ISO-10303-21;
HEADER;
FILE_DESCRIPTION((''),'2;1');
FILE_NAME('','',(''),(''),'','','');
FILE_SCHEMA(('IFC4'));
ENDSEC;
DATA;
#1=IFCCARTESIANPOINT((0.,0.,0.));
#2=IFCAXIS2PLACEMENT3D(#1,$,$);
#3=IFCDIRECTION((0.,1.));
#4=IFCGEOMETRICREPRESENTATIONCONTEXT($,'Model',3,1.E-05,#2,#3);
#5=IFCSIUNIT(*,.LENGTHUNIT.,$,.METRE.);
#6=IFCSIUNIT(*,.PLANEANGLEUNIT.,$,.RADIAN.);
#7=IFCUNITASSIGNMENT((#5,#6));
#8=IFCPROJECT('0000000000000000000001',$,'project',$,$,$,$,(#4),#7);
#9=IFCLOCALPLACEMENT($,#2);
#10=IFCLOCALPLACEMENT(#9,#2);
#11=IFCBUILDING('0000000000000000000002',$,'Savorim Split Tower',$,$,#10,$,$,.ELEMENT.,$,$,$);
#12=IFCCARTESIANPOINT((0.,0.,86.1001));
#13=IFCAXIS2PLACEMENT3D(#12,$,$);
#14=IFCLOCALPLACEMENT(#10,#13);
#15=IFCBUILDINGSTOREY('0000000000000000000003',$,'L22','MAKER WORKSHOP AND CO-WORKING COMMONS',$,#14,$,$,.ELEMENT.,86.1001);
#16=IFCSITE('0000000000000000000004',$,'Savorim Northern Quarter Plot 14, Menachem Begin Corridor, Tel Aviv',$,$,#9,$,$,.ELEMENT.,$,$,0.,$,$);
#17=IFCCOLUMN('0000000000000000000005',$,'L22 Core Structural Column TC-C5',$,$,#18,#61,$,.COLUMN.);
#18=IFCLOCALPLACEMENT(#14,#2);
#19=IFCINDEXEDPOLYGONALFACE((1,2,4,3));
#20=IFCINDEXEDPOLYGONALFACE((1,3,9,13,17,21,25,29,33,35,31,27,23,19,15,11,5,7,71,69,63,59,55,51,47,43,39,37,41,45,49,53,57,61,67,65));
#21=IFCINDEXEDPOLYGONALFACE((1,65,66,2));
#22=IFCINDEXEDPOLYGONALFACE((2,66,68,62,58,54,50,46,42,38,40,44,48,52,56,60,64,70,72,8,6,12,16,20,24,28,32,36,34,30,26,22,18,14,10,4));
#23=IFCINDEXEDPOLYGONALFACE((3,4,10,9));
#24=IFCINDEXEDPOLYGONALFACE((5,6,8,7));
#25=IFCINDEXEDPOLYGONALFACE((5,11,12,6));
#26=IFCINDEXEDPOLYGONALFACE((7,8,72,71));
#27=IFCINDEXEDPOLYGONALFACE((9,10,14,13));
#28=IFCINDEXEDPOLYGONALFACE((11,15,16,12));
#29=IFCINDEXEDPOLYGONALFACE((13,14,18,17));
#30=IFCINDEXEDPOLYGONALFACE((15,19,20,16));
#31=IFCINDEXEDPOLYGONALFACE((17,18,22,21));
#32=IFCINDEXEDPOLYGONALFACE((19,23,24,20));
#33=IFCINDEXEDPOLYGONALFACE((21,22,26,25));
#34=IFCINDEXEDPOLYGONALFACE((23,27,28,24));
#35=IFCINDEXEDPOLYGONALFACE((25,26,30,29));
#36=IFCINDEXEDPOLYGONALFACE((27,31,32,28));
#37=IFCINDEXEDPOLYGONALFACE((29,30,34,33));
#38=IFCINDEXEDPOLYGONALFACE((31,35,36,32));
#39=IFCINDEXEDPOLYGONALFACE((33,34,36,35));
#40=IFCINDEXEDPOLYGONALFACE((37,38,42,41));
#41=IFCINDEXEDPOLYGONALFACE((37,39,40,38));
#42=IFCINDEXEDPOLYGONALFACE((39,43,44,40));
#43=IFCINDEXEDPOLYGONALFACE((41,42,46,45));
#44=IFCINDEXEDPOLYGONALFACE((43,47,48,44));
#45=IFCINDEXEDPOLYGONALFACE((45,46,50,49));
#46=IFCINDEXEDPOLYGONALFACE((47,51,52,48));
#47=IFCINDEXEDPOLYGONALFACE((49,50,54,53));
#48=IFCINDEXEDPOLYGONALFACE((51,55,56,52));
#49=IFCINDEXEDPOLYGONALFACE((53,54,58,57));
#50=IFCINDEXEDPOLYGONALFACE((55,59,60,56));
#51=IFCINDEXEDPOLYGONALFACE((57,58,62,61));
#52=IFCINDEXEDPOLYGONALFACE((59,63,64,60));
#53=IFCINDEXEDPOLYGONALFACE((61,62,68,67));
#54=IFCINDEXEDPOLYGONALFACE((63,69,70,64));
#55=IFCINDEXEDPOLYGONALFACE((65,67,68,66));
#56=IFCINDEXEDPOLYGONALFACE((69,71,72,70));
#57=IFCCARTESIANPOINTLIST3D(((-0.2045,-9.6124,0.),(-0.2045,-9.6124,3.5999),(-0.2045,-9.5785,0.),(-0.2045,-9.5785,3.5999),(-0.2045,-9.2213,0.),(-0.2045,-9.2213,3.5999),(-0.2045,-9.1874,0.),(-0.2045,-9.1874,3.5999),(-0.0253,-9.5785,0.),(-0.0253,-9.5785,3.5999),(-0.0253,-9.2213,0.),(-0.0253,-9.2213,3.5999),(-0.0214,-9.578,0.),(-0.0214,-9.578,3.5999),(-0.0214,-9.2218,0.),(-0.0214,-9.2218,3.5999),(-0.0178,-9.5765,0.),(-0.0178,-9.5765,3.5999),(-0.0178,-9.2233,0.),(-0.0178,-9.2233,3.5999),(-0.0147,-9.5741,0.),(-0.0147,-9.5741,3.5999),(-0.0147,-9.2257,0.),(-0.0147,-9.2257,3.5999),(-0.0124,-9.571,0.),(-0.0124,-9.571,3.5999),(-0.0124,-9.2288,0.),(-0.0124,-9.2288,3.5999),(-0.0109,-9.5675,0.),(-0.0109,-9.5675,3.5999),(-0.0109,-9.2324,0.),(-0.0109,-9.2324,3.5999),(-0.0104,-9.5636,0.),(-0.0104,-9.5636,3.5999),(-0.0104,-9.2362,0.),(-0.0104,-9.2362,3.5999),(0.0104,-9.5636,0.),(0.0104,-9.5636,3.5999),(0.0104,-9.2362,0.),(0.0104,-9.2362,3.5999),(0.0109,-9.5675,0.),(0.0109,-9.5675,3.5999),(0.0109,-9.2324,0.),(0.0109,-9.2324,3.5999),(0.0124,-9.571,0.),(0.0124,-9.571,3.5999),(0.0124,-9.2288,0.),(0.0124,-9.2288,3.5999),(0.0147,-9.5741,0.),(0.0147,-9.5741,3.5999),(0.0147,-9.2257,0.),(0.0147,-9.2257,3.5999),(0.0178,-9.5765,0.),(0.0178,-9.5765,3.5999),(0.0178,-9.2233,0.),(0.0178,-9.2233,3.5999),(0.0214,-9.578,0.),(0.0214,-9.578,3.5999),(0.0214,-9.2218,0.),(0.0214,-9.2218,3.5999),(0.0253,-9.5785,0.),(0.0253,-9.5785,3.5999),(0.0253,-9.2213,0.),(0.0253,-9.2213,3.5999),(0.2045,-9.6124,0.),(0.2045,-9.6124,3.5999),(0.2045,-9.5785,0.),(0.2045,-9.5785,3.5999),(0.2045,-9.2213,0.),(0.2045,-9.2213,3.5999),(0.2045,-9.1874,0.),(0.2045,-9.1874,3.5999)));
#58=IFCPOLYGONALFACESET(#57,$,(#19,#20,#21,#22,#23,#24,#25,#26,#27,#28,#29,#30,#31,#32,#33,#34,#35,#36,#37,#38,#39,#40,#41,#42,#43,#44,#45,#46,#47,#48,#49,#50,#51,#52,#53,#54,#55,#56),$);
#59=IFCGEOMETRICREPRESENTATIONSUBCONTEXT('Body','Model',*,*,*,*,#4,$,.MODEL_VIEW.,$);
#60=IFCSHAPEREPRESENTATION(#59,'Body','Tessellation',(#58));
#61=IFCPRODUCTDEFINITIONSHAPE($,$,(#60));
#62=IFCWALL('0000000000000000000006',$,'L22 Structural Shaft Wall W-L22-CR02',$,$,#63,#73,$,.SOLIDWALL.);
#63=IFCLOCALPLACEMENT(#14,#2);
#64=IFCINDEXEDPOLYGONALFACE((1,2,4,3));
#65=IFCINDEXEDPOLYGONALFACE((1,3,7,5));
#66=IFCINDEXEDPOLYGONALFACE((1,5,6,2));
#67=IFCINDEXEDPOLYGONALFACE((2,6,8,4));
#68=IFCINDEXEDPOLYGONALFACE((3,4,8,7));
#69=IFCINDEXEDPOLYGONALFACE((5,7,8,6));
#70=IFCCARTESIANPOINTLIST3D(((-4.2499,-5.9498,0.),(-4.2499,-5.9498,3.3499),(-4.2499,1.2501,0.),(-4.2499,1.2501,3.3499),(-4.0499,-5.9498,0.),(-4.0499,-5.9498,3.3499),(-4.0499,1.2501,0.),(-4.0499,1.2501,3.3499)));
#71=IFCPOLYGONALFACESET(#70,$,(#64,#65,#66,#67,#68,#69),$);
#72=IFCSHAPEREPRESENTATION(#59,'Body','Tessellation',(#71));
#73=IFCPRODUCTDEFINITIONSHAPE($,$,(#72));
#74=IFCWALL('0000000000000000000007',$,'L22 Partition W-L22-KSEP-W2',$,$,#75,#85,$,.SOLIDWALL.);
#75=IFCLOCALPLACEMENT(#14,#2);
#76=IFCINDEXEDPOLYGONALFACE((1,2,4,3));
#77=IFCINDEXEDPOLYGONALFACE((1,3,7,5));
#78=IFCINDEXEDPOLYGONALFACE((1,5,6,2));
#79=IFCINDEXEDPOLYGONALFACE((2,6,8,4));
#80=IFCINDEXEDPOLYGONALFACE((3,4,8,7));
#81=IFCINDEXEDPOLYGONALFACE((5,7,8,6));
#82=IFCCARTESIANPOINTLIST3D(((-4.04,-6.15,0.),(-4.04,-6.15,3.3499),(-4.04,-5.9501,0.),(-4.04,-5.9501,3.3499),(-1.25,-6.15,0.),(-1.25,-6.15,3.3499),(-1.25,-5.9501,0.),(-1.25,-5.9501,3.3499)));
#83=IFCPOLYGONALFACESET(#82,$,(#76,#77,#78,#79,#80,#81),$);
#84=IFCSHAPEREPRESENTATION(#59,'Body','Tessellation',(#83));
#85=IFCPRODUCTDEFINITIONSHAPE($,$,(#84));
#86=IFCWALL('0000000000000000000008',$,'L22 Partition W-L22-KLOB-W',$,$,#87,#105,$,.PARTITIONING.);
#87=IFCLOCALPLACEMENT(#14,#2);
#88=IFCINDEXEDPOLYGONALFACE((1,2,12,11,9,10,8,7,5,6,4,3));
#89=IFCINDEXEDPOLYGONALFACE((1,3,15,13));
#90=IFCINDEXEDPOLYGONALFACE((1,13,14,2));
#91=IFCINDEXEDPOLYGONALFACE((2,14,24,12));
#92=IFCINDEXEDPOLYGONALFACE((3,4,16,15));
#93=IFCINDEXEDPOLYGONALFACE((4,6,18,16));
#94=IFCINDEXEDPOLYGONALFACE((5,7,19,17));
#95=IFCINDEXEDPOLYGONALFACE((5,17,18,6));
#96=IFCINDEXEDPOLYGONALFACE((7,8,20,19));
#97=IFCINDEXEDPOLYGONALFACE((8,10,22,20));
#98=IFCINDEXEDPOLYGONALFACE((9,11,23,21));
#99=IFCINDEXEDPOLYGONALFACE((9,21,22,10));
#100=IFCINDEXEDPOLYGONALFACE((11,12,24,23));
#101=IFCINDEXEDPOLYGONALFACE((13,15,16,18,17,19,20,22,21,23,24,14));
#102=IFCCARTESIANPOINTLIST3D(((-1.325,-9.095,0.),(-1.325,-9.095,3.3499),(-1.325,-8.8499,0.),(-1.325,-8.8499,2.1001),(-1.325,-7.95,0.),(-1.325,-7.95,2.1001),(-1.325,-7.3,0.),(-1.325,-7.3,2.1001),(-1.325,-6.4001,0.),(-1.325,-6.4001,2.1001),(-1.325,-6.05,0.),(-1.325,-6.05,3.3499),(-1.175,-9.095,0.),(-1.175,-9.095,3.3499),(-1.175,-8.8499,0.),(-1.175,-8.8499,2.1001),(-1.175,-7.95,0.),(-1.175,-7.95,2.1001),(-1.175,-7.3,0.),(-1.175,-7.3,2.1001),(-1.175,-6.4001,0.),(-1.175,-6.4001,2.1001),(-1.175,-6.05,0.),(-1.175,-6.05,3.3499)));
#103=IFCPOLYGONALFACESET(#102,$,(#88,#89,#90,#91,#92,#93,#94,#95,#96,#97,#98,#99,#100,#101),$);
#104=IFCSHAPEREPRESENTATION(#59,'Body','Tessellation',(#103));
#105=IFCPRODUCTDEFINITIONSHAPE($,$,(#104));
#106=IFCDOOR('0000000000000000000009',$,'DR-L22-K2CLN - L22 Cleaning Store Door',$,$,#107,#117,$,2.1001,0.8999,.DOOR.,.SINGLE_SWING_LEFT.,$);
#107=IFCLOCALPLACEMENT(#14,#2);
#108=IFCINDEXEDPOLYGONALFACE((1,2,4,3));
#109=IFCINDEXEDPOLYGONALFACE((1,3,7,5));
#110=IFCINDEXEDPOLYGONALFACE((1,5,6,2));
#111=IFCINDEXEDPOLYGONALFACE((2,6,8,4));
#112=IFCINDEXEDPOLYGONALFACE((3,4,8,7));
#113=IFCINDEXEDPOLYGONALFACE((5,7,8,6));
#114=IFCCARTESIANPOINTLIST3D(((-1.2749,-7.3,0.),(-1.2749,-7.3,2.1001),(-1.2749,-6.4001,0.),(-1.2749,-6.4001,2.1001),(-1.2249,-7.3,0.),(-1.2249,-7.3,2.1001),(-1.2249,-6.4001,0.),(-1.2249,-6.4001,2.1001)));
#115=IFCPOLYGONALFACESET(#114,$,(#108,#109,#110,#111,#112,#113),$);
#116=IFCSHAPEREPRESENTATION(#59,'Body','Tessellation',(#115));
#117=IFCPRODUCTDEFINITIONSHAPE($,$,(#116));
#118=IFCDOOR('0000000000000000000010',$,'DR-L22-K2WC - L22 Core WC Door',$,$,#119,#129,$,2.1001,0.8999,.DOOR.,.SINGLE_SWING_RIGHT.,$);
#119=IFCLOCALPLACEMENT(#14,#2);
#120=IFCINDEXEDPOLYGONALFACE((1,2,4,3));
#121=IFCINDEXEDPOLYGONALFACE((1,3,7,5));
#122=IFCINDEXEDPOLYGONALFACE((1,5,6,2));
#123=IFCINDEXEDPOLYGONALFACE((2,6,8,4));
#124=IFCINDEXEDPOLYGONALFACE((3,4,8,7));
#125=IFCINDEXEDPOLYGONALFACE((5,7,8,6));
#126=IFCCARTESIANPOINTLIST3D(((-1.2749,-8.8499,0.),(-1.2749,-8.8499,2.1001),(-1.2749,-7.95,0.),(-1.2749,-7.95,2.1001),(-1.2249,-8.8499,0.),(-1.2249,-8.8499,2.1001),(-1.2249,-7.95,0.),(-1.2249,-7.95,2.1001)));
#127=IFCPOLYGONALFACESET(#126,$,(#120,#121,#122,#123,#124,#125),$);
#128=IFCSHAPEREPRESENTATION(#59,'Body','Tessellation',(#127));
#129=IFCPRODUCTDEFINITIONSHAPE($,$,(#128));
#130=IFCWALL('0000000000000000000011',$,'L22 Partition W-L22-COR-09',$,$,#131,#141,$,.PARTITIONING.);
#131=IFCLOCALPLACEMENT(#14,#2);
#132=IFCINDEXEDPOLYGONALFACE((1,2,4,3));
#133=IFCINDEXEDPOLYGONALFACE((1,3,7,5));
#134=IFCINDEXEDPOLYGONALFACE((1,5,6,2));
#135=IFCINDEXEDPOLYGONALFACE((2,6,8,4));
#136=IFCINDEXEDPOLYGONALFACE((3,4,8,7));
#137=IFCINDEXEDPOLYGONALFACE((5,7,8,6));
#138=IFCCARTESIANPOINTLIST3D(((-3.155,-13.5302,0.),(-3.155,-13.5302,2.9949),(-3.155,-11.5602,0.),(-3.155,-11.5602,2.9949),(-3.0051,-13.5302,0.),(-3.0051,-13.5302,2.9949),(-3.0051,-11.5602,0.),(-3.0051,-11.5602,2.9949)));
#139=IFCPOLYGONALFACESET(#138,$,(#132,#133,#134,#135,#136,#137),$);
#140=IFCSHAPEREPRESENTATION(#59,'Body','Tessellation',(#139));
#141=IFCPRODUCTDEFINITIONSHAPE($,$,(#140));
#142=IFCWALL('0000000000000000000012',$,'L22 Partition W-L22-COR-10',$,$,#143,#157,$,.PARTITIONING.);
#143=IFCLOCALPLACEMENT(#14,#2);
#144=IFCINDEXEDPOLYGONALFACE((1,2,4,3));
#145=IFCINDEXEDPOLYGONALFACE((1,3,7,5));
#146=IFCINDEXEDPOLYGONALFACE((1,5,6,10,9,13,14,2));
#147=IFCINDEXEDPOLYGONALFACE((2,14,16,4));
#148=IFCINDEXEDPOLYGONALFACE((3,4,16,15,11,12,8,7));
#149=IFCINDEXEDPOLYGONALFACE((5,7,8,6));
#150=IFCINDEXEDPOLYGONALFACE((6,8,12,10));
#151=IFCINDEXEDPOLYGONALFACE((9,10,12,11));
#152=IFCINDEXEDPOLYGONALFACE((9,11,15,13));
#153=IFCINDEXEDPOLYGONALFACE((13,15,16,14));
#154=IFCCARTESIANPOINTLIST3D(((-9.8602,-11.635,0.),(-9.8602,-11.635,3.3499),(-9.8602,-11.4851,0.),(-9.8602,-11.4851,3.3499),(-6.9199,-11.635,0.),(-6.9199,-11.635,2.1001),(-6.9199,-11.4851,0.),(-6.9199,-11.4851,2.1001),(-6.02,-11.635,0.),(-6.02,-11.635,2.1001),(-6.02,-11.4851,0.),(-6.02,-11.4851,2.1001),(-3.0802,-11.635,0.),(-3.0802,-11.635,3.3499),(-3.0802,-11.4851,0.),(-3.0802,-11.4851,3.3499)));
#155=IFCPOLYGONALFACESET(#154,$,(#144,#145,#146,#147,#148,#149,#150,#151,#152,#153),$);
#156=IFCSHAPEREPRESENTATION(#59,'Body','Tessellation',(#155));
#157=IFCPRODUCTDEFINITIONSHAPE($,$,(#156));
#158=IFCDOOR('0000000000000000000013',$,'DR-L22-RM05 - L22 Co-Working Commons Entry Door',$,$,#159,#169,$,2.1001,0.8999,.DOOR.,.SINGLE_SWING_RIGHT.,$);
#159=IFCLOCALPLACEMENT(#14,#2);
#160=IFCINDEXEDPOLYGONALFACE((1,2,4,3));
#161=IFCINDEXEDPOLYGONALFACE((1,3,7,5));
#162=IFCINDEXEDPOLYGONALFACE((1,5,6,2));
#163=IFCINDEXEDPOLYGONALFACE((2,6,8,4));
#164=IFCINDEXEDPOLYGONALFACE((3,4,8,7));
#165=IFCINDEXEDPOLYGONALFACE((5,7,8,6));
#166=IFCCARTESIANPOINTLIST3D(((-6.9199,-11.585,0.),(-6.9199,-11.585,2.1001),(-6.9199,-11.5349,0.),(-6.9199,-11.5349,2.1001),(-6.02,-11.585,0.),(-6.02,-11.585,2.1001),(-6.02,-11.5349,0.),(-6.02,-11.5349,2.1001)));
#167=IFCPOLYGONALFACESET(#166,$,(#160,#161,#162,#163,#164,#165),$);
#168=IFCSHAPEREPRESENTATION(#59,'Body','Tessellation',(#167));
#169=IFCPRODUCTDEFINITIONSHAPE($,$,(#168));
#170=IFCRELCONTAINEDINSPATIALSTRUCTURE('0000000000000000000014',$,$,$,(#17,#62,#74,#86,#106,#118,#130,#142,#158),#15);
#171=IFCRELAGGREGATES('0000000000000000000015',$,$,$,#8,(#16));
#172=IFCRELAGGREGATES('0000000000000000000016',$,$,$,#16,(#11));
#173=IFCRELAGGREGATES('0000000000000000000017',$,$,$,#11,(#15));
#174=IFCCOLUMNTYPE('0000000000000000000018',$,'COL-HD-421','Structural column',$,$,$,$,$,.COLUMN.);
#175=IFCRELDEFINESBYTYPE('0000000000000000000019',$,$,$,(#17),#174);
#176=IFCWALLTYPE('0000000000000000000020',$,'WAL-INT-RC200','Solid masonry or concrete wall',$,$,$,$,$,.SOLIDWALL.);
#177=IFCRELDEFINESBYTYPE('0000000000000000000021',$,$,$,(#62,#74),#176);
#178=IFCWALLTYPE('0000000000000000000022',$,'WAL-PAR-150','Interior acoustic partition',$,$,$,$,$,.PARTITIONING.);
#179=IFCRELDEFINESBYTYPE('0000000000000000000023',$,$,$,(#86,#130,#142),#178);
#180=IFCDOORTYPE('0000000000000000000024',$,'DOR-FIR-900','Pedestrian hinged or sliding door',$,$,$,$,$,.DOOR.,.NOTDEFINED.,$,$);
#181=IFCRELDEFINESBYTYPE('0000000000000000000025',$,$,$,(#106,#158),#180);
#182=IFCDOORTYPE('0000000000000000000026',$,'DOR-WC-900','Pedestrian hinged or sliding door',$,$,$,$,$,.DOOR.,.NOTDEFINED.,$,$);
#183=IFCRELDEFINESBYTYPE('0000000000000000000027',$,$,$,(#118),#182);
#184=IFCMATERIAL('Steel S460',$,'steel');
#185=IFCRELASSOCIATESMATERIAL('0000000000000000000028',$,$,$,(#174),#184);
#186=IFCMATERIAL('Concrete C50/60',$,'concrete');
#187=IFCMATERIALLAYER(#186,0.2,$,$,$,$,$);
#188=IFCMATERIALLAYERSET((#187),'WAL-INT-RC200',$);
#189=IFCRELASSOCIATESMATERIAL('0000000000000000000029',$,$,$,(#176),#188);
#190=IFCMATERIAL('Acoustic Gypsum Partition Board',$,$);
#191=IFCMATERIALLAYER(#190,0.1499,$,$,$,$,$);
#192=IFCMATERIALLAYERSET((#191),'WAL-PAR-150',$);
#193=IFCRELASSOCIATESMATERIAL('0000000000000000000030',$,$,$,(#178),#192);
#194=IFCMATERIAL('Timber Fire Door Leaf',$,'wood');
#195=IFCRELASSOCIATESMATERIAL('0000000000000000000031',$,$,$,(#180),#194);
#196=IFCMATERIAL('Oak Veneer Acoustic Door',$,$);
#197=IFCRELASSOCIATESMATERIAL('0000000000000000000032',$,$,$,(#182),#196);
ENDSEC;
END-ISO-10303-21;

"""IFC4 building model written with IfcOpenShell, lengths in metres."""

from ifc_helpers import new_model, si_unit, direction, frame, frame_2d, origin, origin_2d, place, context, subcontext, project, spatial, rectangle, i_section, extrude, material, layer, layer_set, material_profile, profile_set, type_object, element, fill, save


model = new_model("IFC4")

# Units and contexts
model_context = context("Model", 3, precision=1e-05, world=origin(), true_north=direction((0.0, 1.0)))
body_context = subcontext(model_context, "Body", "Model", "MODEL_VIEW")
ifc_project = project(units=[si_unit("LENGTHUNIT", "METRE"), si_unit("PLANEANGLEUNIT", "RADIAN")], contexts=[model_context])

# Site, building, storey
site_placement = place(None, origin())
site = spatial("IfcSite", under=ifc_project, at=site_placement, Name="Savorim Northern Quarter Plot 14, Menachem Begin Corridor, Tel Aviv", CompositionType="ELEMENT", RefElevation=0.0)
building_placement = place(site_placement, origin())
building = spatial("IfcBuilding", under=site, at=building_placement, Name="Savorim Split Tower", CompositionType="ELEMENT")
storey_placement = place(building_placement, frame((0.0, 0.0, 86.1001)))
storey = spatial("IfcBuildingStorey", under=building, at=storey_placement, Name="L22", Description="MAKER WORKSHOP AND CO-WORKING COMMONS", CompositionType="ELEMENT", Elevation=86.1001)

# Column
ifc_material_1 = material(Name="Steel S460", Category="steel")
ifc_material_profile = material_profile(ifc_material_1, i_section(OverallWidth=0.4089, OverallDepth=0.425, WebThickness=0.0208, FlangeThickness=0.0339, FilletRadius=0.0149, at=origin_2d()), Name="HD 400x421")
ifc_profile_set = profile_set([ifc_material_profile], Name="Steel S460")
column_type = type_object("IfcColumnType", Name="COL-HD-421", Description="Structural column", PredefinedType="COLUMN", material=ifc_profile_set)
column_placement = place(storey_placement, frame((0.0, -9.3999, 0.0), z_axis=(0.0, 0.0, 1.0), x_axis=(1.0, 0.0, 0.0)))
element("IfcColumn", 1, at=column_placement, inside=storey, type_object=column_type, Name="L22 Core Structural Column TC-C5", PredefinedType="COLUMN", context=body_context, shape_type="SweptSolid", body=[
    extrude(i_section(OverallWidth=0.4089, OverallDepth=0.425, WebThickness=0.0208, FlangeThickness=0.0339, FilletRadius=0.0149, at=origin_2d()), origin(), (0.0, 0.0, 1.0), 3.5999),
])

# Wall
ifc_material_2 = material(Name="Concrete C50/60", Category="concrete")
ifc_layer_1 = layer(ifc_material_2, 0.2)
ifc_layer_set_1 = layer_set([ifc_layer_1], Name="WAL-INT-RC200")
wall_type_1 = type_object("IfcWallType", Name="WAL-INT-RC200", Description="Solid masonry or concrete wall", PredefinedType="SOLIDWALL", material=ifc_layer_set_1)
wall_1_placement = place(storey_placement, frame((-4.1499, -5.95, 0.0), z_axis=(0.0, 0.0, 1.0), x_axis=(0.0, 1.0, 0.0)))
element("IfcWall", 2, at=wall_1_placement, inside=storey, type_object=wall_type_1, Name="L22 Structural Shaft Wall W-L22-CR02", PredefinedType="SOLIDWALL", context=body_context, shape_type="SweptSolid", body=[
    extrude(rectangle(XDim=7.2, YDim=0.2, at=frame_2d((3.6001, 0.0))), origin(), (0.0, 0.0, 1.0), 3.3499),
])

# Wall
wall_2_placement = place(storey_placement, frame((-4.04, -6.05, 0.0), z_axis=(0.0, 0.0, 1.0), x_axis=(1.0, 0.0, 0.0)))
element("IfcWall", 3, at=wall_2_placement, inside=storey, type_object=wall_type_1, Name="L22 Partition W-L22-KSEP-W2", PredefinedType="SOLIDWALL", context=body_context, shape_type="SweptSolid", body=[
    extrude(rectangle(XDim=2.79, YDim=0.2, at=frame_2d((1.395, 0.0))), origin(), (0.0, 0.0, 1.0), 3.3499),
])

# Wall, openings, doors
ifc_material_3 = material(Name="Acoustic Gypsum Partition Board")
ifc_layer_2 = layer(ifc_material_3, 0.1499)
ifc_layer_set_2 = layer_set([ifc_layer_2], Name="WAL-PAR-150")
wall_type_2 = type_object("IfcWallType", Name="WAL-PAR-150", Description="Interior acoustic partition", PredefinedType="PARTITIONING", material=ifc_layer_set_2)
wall_3_placement = place(storey_placement, frame((-1.25, -9.095, 0.0), z_axis=(0.0, 0.0, 1.0), x_axis=(0.0, 1.0, 0.0)))
wall_3 = element("IfcWall", 4, at=wall_3_placement, inside=storey, type_object=wall_type_2, Name="L22 Partition W-L22-KLOB-W", PredefinedType="PARTITIONING", context=body_context, shape_type="SweptSolid", body=[
    extrude(rectangle(XDim=3.0449, YDim=0.1499, at=frame_2d((1.5225, 0.0))), origin(), (0.0, 0.0, 1.0), 3.3499),
])
opening_1_placement = place(wall_3_placement, frame((1.7949, 0.0, 0.0)))
opening_1 = element("IfcOpeningElement", 5, at=opening_1_placement, cuts=wall_3, PredefinedType="OPENING", context=body_context, shape_type="SweptSolid", body=[
    extrude(rectangle(XDim=0.8999, YDim=2.1001, at=frame_2d((0.45, 1.05))), frame((0.0, 0.085, 0.0), z_axis=(0.0, -1.0, 0.0), x_axis=(1.0, 0.0, 0.0)), (0.0, 0.0, 1.0), 0.1699),
])
opening_2_placement = place(wall_3_placement, frame((0.2451, 0.0, 0.0)))
opening_2 = element("IfcOpeningElement", 6, at=opening_2_placement, cuts=wall_3, PredefinedType="OPENING", context=body_context, shape_type="SweptSolid", body=[
    extrude(rectangle(XDim=0.8999, YDim=2.1001, at=frame_2d((0.45, 1.05))), frame((0.0, 0.085, 0.0), z_axis=(0.0, -1.0, 0.0), x_axis=(1.0, 0.0, 0.0)), (0.0, 0.0, 1.0), 0.1699),
])
ifc_material_4 = material(Name="Timber Fire Door Leaf", Category="wood")
door_type_1 = type_object("IfcDoorType", Name="DOR-FIR-900", Description="Pedestrian hinged or sliding door", OperationType="NOTDEFINED", PredefinedType="DOOR", material=ifc_material_4)
door_1_placement = place(opening_1_placement, origin())
door_1 = element("IfcDoor", 7, at=door_1_placement, inside=storey, type_object=door_type_1, Name="DR-L22-K2CLN - L22 Cleaning Store Door", OperationType="SINGLE_SWING_LEFT", OverallHeight=2.1001, OverallWidth=0.8999, PredefinedType="DOOR", context=body_context, shape_type="SweptSolid", body=[
    extrude(rectangle(XDim=0.8999, YDim=2.1001, at=frame_2d((0.45, 1.05))), frame((0.0, 0.0249, 0.0), z_axis=(0.0, -1.0, 0.0), x_axis=(1.0, 0.0, 0.0)), (0.0, 0.0, 1.0), 0.05),
])
fill(opening_1, door_1)
ifc_material_5 = material(Name="Oak Veneer Acoustic Door")
door_type_2 = type_object("IfcDoorType", Name="DOR-WC-900", Description="Pedestrian hinged or sliding door", OperationType="NOTDEFINED", PredefinedType="DOOR", material=ifc_material_5)
door_2_placement = place(opening_2_placement, origin())
door_2 = element("IfcDoor", 8, at=door_2_placement, inside=storey, type_object=door_type_2, Name="DR-L22-K2WC - L22 Core WC Door", OperationType="SINGLE_SWING_RIGHT", OverallHeight=2.1001, OverallWidth=0.8999, PredefinedType="DOOR", context=body_context, shape_type="SweptSolid", body=[
    extrude(rectangle(XDim=0.8999, YDim=2.1001, at=frame_2d((0.45, 1.05))), frame((0.0, 0.0249, 0.0), z_axis=(0.0, -1.0, 0.0), x_axis=(1.0, 0.0, 0.0)), (0.0, 0.0, 1.0), 0.05),
])
fill(opening_2, door_2)

# Wall
wall_4_placement = place(storey_placement, frame((-3.0801, -13.53, 0.0), z_axis=(0.0, 0.0, 1.0), x_axis=(0.0, 1.0, 0.0)))
element("IfcWall", 9, at=wall_4_placement, inside=storey, type_object=wall_type_2, Name="L22 Partition W-L22-COR-09", PredefinedType="PARTITIONING", context=body_context, shape_type="SweptSolid", body=[
    extrude(rectangle(XDim=1.97, YDim=0.1499, at=frame_2d((0.9849, 0.0))), origin(), (0.0, 0.0, 1.0), 2.9949),
])

# Wall, opening, door
wall_5_placement = place(storey_placement, frame((-3.0801, -11.5601, 0.0), z_axis=(0.0, 0.0, 1.0), x_axis=(-1.0, 0.0, 0.0)))
wall_5 = element("IfcWall", 10, at=wall_5_placement, inside=storey, type_object=wall_type_2, Name="L22 Partition W-L22-COR-10", PredefinedType="PARTITIONING", context=body_context, shape_type="SweptSolid", body=[
    extrude(rectangle(XDim=6.78, YDim=0.1499, at=frame_2d((3.3901, 0.0))), origin(), (0.0, 0.0, 1.0), 3.3499),
])
opening_3_placement = place(wall_5_placement, frame((2.9399, 0.0, 0.0)))
opening_3 = element("IfcOpeningElement", 11, at=opening_3_placement, cuts=wall_5, PredefinedType="OPENING", context=body_context, shape_type="SweptSolid", body=[
    extrude(rectangle(XDim=0.8999, YDim=2.1001, at=frame_2d((0.45, 1.05))), frame((0.0, 0.085, 0.0), z_axis=(0.0, -1.0, 0.0), x_axis=(1.0, 0.0, 0.0)), (0.0, 0.0, 1.0), 0.1699),
])
door_3_placement = place(opening_3_placement, origin())
door_3 = element("IfcDoor", 12, at=door_3_placement, inside=storey, type_object=door_type_1, Name="DR-L22-RM05 - L22 Co-Working Commons Entry Door", OperationType="SINGLE_SWING_RIGHT", OverallHeight=2.1001, OverallWidth=0.8999, PredefinedType="DOOR", context=body_context, shape_type="SweptSolid", body=[
    extrude(rectangle(XDim=0.8999, YDim=2.1001, at=frame_2d((0.45, 1.05))), frame((0.0, 0.0249, 0.0), z_axis=(0.0, -1.0, 0.0), x_axis=(1.0, 0.0, 0.0)), (0.0, 0.0, 1.0), 0.05),
])
fill(opening_3, door_3)

save(model, "model.ifc")
